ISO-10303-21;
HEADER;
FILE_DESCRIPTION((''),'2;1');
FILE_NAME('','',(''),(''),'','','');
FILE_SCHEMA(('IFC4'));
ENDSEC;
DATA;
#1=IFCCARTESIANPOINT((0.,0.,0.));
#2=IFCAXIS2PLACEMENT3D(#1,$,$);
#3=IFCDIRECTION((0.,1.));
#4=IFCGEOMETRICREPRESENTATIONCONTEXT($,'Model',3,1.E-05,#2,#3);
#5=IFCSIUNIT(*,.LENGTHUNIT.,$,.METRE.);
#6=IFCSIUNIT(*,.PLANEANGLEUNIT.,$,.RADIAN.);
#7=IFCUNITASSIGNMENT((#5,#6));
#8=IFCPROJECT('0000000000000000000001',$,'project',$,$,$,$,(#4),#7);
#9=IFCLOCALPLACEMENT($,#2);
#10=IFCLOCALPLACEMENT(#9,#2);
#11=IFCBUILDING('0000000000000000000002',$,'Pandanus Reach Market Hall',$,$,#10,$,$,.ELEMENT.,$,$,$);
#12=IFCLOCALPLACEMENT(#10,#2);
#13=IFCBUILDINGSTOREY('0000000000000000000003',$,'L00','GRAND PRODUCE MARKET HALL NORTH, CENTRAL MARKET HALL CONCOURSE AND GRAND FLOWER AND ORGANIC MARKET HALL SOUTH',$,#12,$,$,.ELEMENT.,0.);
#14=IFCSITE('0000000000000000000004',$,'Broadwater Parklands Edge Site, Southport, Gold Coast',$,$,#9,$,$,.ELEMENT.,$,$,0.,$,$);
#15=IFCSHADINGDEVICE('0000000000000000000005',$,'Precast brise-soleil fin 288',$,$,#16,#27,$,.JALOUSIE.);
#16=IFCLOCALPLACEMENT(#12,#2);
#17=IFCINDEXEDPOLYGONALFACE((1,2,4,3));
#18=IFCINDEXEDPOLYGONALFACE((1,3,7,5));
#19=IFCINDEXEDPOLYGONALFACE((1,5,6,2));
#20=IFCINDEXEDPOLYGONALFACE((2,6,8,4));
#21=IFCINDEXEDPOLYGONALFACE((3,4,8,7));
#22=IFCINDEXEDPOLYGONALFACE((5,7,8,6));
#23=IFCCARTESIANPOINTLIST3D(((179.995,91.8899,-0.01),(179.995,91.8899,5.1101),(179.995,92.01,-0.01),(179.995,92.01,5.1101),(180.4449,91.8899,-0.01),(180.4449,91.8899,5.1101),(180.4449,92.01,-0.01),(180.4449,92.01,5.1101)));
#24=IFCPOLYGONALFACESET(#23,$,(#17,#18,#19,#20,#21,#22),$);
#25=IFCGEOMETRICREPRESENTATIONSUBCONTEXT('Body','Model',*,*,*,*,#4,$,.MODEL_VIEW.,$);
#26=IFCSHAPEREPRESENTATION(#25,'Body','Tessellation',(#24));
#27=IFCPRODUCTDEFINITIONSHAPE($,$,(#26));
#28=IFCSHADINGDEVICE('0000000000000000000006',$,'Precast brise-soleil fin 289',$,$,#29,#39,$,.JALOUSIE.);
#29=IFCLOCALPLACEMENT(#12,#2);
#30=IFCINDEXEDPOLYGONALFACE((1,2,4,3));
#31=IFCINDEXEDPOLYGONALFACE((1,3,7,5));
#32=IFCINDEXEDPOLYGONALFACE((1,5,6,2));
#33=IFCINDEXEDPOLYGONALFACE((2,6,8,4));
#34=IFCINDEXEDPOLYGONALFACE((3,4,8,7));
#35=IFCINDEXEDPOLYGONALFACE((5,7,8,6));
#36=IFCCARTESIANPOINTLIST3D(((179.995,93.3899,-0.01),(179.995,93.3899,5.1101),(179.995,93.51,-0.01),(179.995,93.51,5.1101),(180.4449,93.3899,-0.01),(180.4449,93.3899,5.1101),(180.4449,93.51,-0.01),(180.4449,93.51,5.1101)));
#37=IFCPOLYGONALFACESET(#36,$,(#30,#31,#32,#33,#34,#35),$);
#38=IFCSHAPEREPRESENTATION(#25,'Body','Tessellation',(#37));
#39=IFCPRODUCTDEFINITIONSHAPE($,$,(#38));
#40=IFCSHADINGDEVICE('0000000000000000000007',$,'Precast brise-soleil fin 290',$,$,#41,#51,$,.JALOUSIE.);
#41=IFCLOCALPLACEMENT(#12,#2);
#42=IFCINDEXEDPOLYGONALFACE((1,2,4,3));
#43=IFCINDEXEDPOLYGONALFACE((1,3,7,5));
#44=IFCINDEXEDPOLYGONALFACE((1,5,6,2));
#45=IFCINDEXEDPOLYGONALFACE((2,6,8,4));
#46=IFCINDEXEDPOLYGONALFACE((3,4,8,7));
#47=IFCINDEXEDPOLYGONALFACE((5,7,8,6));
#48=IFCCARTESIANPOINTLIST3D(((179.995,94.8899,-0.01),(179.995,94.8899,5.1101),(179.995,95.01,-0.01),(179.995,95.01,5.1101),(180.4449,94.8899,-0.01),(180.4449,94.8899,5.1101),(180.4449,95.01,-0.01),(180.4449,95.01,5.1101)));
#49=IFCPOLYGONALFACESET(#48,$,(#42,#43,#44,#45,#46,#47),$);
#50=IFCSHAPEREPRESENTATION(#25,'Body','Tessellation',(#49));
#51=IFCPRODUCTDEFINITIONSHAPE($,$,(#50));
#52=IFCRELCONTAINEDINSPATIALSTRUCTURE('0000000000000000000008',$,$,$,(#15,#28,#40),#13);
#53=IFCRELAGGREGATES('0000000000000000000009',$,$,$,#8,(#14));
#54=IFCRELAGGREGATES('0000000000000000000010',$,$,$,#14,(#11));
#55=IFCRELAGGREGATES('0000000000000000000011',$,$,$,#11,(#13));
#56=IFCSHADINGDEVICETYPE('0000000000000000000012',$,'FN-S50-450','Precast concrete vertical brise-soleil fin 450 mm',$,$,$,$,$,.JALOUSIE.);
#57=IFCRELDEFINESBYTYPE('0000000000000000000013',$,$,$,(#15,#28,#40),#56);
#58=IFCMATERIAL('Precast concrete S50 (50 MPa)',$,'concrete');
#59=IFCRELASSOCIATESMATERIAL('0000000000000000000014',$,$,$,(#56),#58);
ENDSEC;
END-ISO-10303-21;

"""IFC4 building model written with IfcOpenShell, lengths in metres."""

from ifc_helpers import new_model, si_unit, direction, frame, origin, origin_2d, place, context, subcontext, project, spatial, rectangle, extrude, material, type_object, element, save


model = new_model("IFC4")

# Units and contexts
model_context = context("Model", 3, precision=1e-05, world=origin(), true_north=direction((0.0, 1.0)))
body_context = subcontext(model_context, "Body", "Model", "MODEL_VIEW")
ifc_project = project(units=[si_unit("LENGTHUNIT", "METRE"), si_unit("PLANEANGLEUNIT", "RADIAN")], contexts=[model_context])

# Site, building, storey
site_placement = place(None, origin())
site = spatial("IfcSite", under=ifc_project, at=site_placement, Name="Broadwater Parklands Edge Site, Southport, Gold Coast", CompositionType="ELEMENT", RefElevation=0.0)
building_placement = place(site_placement, origin())
building = spatial("IfcBuilding", under=site, at=building_placement, Name="Pandanus Reach Market Hall", CompositionType="ELEMENT")
storey_placement = place(building_placement, origin())
storey = spatial("IfcBuildingStorey", under=building, at=storey_placement, Name="L00", Description="GRAND PRODUCE MARKET HALL NORTH, CENTRAL MARKET HALL CONCOURSE AND GRAND FLOWER AND ORGANIC MARKET HALL SOUTH", CompositionType="ELEMENT", Elevation=0.0)

# Shared definitions
ifc_material_1 = material(Name="Precast concrete S50 (50 MPa)", Category="concrete")

# Shading devices
shading_device_type = type_object("IfcShadingDeviceType", Name="FN-S50-450", Description="Precast concrete vertical brise-soleil fin 450 mm", PredefinedType="JALOUSIE", material=ifc_material_1)
for number, where, z_axis, x_axis, name in (
    (1, (180.22, 91.95, -0.01), (0.0, 0.0, 1.0), (1.0, 0.0, 0.0), "Precast brise-soleil fin 288"),
    (2, (180.22, 93.45, -0.01), (0.0, 0.0, 1.0), (1.0, 0.0, 0.0), "Precast brise-soleil fin 289"),
    (3, (180.22, 94.95, -0.01), (0.0, 0.0, 1.0), (1.0, 0.0, 0.0), "Precast brise-soleil fin 290"),
):
    element("IfcShadingDevice", number, at=place(storey_placement, frame(where, z_axis=z_axis, x_axis=x_axis)), inside=storey, type_object=shading_device_type, Name=name, PredefinedType="JALOUSIE", context=body_context, shape_type="SweptSolid", body=[
        extrude(rectangle(XDim=0.45, YDim=0.1201, at=origin_2d()), origin(), (0.0, 0.0, 1.0), 5.1201),
    ])

save(model, "model.ifc")
